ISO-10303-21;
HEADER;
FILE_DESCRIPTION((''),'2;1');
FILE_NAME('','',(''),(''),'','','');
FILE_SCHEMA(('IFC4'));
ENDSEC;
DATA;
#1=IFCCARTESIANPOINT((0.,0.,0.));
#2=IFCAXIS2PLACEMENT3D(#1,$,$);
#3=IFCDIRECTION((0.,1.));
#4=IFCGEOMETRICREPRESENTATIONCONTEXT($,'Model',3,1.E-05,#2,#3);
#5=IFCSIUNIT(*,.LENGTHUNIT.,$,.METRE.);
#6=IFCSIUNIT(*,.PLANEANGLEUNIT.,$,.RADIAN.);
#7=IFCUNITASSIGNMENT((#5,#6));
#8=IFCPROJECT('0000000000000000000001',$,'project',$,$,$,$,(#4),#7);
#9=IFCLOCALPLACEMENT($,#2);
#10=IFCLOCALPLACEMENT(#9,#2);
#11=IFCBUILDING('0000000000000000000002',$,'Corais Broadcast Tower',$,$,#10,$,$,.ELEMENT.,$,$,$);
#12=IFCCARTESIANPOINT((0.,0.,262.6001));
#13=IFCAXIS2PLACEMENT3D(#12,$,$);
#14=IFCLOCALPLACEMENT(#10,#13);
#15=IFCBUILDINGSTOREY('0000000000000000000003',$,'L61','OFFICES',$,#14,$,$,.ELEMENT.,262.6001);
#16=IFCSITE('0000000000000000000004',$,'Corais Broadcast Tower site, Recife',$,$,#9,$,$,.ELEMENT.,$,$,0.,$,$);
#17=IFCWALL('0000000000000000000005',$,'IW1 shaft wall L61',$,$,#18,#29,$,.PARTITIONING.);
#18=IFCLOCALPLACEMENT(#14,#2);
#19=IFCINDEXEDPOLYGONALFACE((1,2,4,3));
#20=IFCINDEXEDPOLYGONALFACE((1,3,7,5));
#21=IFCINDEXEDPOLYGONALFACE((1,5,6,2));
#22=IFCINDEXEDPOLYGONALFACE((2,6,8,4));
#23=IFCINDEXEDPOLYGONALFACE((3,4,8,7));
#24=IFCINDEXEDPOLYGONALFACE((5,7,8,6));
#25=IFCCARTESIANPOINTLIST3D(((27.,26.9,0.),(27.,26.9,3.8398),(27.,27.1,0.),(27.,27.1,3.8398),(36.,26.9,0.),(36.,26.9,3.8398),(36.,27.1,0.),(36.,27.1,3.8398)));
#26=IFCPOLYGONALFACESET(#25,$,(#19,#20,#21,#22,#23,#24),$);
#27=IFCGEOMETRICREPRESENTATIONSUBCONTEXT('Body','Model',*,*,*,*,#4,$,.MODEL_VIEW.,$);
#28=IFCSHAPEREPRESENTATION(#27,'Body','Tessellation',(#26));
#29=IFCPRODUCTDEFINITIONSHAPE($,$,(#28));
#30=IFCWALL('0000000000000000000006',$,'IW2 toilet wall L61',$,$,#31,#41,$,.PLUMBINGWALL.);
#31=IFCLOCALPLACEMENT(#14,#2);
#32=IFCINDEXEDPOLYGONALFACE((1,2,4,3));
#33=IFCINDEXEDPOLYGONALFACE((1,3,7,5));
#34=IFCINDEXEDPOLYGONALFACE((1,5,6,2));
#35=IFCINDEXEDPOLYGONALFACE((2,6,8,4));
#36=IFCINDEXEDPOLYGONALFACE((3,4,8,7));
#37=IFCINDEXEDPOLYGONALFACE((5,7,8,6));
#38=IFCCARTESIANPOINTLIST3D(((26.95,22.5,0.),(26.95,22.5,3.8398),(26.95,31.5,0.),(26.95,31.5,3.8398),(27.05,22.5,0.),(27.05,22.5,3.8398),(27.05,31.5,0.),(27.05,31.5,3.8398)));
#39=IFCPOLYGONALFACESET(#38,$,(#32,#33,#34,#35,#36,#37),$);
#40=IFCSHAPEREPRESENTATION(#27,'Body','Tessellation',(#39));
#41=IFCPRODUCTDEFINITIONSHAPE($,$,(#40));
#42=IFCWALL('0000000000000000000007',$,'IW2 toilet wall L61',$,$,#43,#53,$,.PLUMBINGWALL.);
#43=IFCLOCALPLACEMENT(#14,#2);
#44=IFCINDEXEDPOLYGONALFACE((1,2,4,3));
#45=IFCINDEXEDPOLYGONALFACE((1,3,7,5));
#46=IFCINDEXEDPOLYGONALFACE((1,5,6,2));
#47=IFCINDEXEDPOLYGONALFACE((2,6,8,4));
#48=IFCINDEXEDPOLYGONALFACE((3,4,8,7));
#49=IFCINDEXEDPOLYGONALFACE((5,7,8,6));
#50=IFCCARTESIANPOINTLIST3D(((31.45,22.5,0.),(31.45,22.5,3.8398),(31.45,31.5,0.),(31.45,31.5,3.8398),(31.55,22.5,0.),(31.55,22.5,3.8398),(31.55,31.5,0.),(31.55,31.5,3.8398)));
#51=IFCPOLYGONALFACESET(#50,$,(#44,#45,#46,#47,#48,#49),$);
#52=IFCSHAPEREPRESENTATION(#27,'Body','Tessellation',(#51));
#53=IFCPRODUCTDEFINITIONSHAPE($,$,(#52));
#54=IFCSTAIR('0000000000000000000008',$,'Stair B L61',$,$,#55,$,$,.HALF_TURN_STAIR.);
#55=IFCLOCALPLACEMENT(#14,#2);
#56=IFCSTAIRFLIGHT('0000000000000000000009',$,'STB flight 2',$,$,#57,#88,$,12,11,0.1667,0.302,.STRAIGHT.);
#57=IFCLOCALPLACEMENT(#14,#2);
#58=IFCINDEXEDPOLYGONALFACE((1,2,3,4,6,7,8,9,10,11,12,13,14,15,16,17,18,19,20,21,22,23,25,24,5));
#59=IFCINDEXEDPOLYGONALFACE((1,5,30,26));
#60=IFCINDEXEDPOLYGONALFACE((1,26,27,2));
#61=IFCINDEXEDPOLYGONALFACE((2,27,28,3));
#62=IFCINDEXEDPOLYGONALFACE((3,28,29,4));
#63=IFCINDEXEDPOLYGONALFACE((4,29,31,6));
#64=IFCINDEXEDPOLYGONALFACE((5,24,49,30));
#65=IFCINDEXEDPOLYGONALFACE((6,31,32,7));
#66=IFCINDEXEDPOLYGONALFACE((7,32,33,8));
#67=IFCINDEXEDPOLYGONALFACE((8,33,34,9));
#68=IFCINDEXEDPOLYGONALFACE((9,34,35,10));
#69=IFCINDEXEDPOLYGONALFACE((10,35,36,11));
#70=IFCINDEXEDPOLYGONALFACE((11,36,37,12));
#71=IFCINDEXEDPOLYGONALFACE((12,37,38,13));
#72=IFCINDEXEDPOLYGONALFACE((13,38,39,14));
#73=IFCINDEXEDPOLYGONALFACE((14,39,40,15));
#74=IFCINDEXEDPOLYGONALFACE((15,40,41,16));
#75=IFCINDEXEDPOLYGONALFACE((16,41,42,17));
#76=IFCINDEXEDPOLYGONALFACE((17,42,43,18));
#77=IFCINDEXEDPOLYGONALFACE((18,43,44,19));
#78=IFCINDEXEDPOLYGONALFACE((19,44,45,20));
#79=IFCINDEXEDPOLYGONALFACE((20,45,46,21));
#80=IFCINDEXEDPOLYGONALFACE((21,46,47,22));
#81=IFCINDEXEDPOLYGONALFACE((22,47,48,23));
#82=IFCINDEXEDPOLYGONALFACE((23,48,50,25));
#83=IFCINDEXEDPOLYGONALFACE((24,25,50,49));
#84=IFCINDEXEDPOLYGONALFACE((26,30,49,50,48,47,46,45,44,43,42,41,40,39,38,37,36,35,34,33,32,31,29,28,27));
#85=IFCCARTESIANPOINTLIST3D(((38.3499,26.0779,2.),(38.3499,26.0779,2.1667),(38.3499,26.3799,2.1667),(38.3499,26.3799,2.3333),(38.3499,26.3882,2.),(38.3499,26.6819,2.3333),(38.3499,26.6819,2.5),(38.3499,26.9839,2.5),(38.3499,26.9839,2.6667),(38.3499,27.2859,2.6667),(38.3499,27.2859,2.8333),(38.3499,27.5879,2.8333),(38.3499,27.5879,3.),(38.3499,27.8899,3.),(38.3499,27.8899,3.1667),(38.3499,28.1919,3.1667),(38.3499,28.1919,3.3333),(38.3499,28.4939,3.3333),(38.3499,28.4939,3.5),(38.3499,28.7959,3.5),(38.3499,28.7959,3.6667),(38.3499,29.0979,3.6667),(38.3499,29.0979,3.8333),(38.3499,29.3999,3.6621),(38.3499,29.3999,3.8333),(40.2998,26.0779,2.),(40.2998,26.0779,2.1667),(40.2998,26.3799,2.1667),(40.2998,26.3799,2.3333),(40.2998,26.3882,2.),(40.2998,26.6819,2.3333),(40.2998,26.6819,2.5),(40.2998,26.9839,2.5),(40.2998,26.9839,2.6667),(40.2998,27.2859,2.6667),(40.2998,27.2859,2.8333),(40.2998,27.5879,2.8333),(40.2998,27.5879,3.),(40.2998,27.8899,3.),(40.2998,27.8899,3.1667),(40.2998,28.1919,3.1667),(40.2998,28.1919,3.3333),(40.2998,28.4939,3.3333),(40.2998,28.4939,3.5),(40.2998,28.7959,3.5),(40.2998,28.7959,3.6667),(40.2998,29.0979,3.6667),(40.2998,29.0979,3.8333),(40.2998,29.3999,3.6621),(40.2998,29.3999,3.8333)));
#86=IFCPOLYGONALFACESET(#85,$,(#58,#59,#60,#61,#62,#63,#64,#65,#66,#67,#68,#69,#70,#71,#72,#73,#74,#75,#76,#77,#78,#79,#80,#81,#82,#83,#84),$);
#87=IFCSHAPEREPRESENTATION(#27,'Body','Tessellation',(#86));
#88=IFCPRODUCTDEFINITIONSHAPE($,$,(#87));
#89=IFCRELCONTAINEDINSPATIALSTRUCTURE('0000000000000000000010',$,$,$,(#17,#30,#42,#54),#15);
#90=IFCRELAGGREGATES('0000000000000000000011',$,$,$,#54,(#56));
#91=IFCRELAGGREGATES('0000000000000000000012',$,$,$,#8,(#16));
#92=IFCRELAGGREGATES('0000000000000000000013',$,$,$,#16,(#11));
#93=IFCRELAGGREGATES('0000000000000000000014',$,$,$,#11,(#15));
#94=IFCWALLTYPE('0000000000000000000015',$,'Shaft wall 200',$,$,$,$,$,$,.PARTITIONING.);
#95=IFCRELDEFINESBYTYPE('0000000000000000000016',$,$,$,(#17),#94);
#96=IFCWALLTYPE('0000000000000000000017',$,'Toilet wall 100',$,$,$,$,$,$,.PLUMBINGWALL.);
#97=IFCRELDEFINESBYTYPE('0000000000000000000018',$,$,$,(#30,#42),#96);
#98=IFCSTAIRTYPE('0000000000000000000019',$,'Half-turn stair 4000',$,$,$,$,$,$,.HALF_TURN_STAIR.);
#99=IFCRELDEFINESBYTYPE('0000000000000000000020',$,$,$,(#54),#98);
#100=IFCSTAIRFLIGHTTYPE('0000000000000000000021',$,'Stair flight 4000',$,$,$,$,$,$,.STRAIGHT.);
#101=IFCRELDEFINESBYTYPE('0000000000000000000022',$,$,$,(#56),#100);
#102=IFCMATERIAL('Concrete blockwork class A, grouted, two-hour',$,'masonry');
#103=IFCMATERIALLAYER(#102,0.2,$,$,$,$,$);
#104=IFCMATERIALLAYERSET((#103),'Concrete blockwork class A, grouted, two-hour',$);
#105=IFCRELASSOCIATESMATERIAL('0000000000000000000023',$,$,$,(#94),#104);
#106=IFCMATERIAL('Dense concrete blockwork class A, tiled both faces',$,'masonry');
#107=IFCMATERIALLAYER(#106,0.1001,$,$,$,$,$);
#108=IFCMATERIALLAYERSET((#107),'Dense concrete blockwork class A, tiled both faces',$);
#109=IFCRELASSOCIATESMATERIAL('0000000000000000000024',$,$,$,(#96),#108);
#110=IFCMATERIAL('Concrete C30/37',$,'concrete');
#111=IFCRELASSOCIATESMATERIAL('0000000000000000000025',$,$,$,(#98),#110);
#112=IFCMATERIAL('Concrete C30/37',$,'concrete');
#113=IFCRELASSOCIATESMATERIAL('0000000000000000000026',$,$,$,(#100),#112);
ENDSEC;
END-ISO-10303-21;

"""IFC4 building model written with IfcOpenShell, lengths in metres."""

from ifc_helpers import new_model, si_unit, direction, frame, frame_2d, origin, place, context, subcontext, project, spatial, polyline, rectangle, outline, extrude, material, layer, layer_set, type_object, element, aggregate, save


model = new_model("IFC4")

# Units and contexts
model_context = context("Model", 3, precision=1e-05, world=origin(), true_north=direction((0.0, 1.0)))
body_context = subcontext(model_context, "Body", "Model", "MODEL_VIEW")
ifc_project = project(units=[si_unit("LENGTHUNIT", "METRE"), si_unit("PLANEANGLEUNIT", "RADIAN")], contexts=[model_context])

# Site, building, storey
site_placement = place(None, origin())
site = spatial("IfcSite", under=ifc_project, at=site_placement, Name="Corais Broadcast Tower site, Recife", CompositionType="ELEMENT", RefElevation=0.0)
building_placement = place(site_placement, origin())
building = spatial("IfcBuilding", under=site, at=building_placement, Name="Corais Broadcast Tower", CompositionType="ELEMENT")
storey_placement = place(building_placement, frame((0.0, 0.0, 262.6001)))
storey = spatial("IfcBuildingStorey", under=building, at=storey_placement, Name="L61", Description="OFFICES", CompositionType="ELEMENT", Elevation=262.6001)

# Walls
ifc_material_1 = material(Name="Concrete blockwork class A, grouted, two-hour", Category="masonry")
ifc_layer_1 = layer(ifc_material_1, 0.2)
ifc_layer_set_1 = layer_set([ifc_layer_1], Name="Concrete blockwork class A, grouted, two-hour")
wall_type_1 = type_object("IfcWallType", Name="Shaft wall 200", PredefinedType="PARTITIONING", material=ifc_layer_set_1)
wall_1_placement = place(storey_placement, frame((27.0, 27.0, 0.0), z_axis=(0.0, 0.0, 1.0), x_axis=(1.0, 0.0, 0.0)))
element("IfcWall", 1, at=wall_1_placement, inside=storey, type_object=wall_type_1, Name="IW1 shaft wall L61", PredefinedType="PARTITIONING", context=body_context, shape_type="SweptSolid", body=[
    extrude(rectangle(XDim=9.0, YDim=0.2, at=frame_2d((4.5, 0.0))), origin(), (0.0, 0.0, 1.0), 3.8398),
])
ifc_material_2 = material(Name="Dense concrete blockwork class A, tiled both faces", Category="masonry")
ifc_layer_2 = layer(ifc_material_2, 0.1001)
ifc_layer_set_2 = layer_set([ifc_layer_2], Name="Dense concrete blockwork class A, tiled both faces")
wall_type_2 = type_object("IfcWallType", Name="Toilet wall 100", PredefinedType="PLUMBINGWALL", material=ifc_layer_set_2)
for number, where, z_axis, x_axis, name in (
    (2, (27.0, 22.5, 0.0), (0.0, 0.0, 1.0), (0.0, 1.0, 0.0), "IW2 toilet wall L61"),
    (3, (31.5, 22.5, 0.0), (0.0, 0.0, 1.0), (0.0, 1.0, 0.0), "IW2 toilet wall L61"),
):
    element("IfcWall", number, at=place(storey_placement, frame(where, z_axis=z_axis, x_axis=x_axis)), inside=storey, type_object=wall_type_2, Name=name, PredefinedType="PLUMBINGWALL", context=body_context, shape_type="SweptSolid", body=[
        extrude(rectangle(XDim=9.0, YDim=0.1001, at=frame_2d((4.5, 0.0))), origin(), (0.0, 0.0, 1.0), 3.8398),
    ])

# Stair, stair flight
ifc_material_3 = material(Name="Concrete C30/37", Category="concrete")
stair_type = type_object("IfcStairType", Name="Half-turn stair 4000", PredefinedType="HALF_TURN_STAIR", material=ifc_material_3)
stair_placement = place(storey_placement, origin())
stair = element("IfcStair", 4, at=stair_placement, inside=storey, type_object=stair_type, Name="Stair B L61", PredefinedType="HALF_TURN_STAIR")
ifc_material_4 = material(Name="Concrete C30/37", Category="concrete")
stair_flight_type = type_object("IfcStairFlightType", Name="Stair flight 4000", PredefinedType="STRAIGHT", material=ifc_material_4)
stair_flight_placement = place(storey_placement, frame((39.325, 26.0779, 2.0), z_axis=(0.0, 0.0, 1.0), x_axis=(0.0, 1.0, 0.0)))
stair_flight = element("IfcStairFlight", 5, at=stair_flight_placement, type_object=stair_flight_type, Name="STB flight 2", NumberOfRisers=12, NumberOfTreads=11, PredefinedType="STRAIGHT", RiserHeight=0.1667, TreadLength=0.302, context=body_context, shape_type="SweptSolid", body=[
    extrude(outline(polyline([(0.0, 0.0), (0.0, 0.1667), (0.302, 0.1667), (0.302, 0.3333), (0.604, 0.3333), (0.604, 0.5), (0.906, 0.5), (0.906, 0.6667), (1.208, 0.6667), (1.208, 0.8333), (1.51, 0.8333), (1.51, 1.0), (1.812, 1.0), (1.812, 1.1667), (2.114, 1.1667), (2.114, 1.3333), (2.416, 1.3333), (2.416, 1.5), (2.718, 1.5), (2.718, 1.6667), (3.02, 1.6667), (3.02, 1.8333), (3.322, 1.8333), (3.322, 2.0), (3.322, 1.6621), (0.3103, 0.0), (0.0, 0.0)])), frame((0.0, 0.9751, 0.0), z_axis=(0.0, -1.0, 0.0), x_axis=(1.0, 0.0, 0.0)), (0.0, 0.0, 1.0), 1.95),
])
aggregate(stair, [stair_flight])

save(model, "model.ifc")
